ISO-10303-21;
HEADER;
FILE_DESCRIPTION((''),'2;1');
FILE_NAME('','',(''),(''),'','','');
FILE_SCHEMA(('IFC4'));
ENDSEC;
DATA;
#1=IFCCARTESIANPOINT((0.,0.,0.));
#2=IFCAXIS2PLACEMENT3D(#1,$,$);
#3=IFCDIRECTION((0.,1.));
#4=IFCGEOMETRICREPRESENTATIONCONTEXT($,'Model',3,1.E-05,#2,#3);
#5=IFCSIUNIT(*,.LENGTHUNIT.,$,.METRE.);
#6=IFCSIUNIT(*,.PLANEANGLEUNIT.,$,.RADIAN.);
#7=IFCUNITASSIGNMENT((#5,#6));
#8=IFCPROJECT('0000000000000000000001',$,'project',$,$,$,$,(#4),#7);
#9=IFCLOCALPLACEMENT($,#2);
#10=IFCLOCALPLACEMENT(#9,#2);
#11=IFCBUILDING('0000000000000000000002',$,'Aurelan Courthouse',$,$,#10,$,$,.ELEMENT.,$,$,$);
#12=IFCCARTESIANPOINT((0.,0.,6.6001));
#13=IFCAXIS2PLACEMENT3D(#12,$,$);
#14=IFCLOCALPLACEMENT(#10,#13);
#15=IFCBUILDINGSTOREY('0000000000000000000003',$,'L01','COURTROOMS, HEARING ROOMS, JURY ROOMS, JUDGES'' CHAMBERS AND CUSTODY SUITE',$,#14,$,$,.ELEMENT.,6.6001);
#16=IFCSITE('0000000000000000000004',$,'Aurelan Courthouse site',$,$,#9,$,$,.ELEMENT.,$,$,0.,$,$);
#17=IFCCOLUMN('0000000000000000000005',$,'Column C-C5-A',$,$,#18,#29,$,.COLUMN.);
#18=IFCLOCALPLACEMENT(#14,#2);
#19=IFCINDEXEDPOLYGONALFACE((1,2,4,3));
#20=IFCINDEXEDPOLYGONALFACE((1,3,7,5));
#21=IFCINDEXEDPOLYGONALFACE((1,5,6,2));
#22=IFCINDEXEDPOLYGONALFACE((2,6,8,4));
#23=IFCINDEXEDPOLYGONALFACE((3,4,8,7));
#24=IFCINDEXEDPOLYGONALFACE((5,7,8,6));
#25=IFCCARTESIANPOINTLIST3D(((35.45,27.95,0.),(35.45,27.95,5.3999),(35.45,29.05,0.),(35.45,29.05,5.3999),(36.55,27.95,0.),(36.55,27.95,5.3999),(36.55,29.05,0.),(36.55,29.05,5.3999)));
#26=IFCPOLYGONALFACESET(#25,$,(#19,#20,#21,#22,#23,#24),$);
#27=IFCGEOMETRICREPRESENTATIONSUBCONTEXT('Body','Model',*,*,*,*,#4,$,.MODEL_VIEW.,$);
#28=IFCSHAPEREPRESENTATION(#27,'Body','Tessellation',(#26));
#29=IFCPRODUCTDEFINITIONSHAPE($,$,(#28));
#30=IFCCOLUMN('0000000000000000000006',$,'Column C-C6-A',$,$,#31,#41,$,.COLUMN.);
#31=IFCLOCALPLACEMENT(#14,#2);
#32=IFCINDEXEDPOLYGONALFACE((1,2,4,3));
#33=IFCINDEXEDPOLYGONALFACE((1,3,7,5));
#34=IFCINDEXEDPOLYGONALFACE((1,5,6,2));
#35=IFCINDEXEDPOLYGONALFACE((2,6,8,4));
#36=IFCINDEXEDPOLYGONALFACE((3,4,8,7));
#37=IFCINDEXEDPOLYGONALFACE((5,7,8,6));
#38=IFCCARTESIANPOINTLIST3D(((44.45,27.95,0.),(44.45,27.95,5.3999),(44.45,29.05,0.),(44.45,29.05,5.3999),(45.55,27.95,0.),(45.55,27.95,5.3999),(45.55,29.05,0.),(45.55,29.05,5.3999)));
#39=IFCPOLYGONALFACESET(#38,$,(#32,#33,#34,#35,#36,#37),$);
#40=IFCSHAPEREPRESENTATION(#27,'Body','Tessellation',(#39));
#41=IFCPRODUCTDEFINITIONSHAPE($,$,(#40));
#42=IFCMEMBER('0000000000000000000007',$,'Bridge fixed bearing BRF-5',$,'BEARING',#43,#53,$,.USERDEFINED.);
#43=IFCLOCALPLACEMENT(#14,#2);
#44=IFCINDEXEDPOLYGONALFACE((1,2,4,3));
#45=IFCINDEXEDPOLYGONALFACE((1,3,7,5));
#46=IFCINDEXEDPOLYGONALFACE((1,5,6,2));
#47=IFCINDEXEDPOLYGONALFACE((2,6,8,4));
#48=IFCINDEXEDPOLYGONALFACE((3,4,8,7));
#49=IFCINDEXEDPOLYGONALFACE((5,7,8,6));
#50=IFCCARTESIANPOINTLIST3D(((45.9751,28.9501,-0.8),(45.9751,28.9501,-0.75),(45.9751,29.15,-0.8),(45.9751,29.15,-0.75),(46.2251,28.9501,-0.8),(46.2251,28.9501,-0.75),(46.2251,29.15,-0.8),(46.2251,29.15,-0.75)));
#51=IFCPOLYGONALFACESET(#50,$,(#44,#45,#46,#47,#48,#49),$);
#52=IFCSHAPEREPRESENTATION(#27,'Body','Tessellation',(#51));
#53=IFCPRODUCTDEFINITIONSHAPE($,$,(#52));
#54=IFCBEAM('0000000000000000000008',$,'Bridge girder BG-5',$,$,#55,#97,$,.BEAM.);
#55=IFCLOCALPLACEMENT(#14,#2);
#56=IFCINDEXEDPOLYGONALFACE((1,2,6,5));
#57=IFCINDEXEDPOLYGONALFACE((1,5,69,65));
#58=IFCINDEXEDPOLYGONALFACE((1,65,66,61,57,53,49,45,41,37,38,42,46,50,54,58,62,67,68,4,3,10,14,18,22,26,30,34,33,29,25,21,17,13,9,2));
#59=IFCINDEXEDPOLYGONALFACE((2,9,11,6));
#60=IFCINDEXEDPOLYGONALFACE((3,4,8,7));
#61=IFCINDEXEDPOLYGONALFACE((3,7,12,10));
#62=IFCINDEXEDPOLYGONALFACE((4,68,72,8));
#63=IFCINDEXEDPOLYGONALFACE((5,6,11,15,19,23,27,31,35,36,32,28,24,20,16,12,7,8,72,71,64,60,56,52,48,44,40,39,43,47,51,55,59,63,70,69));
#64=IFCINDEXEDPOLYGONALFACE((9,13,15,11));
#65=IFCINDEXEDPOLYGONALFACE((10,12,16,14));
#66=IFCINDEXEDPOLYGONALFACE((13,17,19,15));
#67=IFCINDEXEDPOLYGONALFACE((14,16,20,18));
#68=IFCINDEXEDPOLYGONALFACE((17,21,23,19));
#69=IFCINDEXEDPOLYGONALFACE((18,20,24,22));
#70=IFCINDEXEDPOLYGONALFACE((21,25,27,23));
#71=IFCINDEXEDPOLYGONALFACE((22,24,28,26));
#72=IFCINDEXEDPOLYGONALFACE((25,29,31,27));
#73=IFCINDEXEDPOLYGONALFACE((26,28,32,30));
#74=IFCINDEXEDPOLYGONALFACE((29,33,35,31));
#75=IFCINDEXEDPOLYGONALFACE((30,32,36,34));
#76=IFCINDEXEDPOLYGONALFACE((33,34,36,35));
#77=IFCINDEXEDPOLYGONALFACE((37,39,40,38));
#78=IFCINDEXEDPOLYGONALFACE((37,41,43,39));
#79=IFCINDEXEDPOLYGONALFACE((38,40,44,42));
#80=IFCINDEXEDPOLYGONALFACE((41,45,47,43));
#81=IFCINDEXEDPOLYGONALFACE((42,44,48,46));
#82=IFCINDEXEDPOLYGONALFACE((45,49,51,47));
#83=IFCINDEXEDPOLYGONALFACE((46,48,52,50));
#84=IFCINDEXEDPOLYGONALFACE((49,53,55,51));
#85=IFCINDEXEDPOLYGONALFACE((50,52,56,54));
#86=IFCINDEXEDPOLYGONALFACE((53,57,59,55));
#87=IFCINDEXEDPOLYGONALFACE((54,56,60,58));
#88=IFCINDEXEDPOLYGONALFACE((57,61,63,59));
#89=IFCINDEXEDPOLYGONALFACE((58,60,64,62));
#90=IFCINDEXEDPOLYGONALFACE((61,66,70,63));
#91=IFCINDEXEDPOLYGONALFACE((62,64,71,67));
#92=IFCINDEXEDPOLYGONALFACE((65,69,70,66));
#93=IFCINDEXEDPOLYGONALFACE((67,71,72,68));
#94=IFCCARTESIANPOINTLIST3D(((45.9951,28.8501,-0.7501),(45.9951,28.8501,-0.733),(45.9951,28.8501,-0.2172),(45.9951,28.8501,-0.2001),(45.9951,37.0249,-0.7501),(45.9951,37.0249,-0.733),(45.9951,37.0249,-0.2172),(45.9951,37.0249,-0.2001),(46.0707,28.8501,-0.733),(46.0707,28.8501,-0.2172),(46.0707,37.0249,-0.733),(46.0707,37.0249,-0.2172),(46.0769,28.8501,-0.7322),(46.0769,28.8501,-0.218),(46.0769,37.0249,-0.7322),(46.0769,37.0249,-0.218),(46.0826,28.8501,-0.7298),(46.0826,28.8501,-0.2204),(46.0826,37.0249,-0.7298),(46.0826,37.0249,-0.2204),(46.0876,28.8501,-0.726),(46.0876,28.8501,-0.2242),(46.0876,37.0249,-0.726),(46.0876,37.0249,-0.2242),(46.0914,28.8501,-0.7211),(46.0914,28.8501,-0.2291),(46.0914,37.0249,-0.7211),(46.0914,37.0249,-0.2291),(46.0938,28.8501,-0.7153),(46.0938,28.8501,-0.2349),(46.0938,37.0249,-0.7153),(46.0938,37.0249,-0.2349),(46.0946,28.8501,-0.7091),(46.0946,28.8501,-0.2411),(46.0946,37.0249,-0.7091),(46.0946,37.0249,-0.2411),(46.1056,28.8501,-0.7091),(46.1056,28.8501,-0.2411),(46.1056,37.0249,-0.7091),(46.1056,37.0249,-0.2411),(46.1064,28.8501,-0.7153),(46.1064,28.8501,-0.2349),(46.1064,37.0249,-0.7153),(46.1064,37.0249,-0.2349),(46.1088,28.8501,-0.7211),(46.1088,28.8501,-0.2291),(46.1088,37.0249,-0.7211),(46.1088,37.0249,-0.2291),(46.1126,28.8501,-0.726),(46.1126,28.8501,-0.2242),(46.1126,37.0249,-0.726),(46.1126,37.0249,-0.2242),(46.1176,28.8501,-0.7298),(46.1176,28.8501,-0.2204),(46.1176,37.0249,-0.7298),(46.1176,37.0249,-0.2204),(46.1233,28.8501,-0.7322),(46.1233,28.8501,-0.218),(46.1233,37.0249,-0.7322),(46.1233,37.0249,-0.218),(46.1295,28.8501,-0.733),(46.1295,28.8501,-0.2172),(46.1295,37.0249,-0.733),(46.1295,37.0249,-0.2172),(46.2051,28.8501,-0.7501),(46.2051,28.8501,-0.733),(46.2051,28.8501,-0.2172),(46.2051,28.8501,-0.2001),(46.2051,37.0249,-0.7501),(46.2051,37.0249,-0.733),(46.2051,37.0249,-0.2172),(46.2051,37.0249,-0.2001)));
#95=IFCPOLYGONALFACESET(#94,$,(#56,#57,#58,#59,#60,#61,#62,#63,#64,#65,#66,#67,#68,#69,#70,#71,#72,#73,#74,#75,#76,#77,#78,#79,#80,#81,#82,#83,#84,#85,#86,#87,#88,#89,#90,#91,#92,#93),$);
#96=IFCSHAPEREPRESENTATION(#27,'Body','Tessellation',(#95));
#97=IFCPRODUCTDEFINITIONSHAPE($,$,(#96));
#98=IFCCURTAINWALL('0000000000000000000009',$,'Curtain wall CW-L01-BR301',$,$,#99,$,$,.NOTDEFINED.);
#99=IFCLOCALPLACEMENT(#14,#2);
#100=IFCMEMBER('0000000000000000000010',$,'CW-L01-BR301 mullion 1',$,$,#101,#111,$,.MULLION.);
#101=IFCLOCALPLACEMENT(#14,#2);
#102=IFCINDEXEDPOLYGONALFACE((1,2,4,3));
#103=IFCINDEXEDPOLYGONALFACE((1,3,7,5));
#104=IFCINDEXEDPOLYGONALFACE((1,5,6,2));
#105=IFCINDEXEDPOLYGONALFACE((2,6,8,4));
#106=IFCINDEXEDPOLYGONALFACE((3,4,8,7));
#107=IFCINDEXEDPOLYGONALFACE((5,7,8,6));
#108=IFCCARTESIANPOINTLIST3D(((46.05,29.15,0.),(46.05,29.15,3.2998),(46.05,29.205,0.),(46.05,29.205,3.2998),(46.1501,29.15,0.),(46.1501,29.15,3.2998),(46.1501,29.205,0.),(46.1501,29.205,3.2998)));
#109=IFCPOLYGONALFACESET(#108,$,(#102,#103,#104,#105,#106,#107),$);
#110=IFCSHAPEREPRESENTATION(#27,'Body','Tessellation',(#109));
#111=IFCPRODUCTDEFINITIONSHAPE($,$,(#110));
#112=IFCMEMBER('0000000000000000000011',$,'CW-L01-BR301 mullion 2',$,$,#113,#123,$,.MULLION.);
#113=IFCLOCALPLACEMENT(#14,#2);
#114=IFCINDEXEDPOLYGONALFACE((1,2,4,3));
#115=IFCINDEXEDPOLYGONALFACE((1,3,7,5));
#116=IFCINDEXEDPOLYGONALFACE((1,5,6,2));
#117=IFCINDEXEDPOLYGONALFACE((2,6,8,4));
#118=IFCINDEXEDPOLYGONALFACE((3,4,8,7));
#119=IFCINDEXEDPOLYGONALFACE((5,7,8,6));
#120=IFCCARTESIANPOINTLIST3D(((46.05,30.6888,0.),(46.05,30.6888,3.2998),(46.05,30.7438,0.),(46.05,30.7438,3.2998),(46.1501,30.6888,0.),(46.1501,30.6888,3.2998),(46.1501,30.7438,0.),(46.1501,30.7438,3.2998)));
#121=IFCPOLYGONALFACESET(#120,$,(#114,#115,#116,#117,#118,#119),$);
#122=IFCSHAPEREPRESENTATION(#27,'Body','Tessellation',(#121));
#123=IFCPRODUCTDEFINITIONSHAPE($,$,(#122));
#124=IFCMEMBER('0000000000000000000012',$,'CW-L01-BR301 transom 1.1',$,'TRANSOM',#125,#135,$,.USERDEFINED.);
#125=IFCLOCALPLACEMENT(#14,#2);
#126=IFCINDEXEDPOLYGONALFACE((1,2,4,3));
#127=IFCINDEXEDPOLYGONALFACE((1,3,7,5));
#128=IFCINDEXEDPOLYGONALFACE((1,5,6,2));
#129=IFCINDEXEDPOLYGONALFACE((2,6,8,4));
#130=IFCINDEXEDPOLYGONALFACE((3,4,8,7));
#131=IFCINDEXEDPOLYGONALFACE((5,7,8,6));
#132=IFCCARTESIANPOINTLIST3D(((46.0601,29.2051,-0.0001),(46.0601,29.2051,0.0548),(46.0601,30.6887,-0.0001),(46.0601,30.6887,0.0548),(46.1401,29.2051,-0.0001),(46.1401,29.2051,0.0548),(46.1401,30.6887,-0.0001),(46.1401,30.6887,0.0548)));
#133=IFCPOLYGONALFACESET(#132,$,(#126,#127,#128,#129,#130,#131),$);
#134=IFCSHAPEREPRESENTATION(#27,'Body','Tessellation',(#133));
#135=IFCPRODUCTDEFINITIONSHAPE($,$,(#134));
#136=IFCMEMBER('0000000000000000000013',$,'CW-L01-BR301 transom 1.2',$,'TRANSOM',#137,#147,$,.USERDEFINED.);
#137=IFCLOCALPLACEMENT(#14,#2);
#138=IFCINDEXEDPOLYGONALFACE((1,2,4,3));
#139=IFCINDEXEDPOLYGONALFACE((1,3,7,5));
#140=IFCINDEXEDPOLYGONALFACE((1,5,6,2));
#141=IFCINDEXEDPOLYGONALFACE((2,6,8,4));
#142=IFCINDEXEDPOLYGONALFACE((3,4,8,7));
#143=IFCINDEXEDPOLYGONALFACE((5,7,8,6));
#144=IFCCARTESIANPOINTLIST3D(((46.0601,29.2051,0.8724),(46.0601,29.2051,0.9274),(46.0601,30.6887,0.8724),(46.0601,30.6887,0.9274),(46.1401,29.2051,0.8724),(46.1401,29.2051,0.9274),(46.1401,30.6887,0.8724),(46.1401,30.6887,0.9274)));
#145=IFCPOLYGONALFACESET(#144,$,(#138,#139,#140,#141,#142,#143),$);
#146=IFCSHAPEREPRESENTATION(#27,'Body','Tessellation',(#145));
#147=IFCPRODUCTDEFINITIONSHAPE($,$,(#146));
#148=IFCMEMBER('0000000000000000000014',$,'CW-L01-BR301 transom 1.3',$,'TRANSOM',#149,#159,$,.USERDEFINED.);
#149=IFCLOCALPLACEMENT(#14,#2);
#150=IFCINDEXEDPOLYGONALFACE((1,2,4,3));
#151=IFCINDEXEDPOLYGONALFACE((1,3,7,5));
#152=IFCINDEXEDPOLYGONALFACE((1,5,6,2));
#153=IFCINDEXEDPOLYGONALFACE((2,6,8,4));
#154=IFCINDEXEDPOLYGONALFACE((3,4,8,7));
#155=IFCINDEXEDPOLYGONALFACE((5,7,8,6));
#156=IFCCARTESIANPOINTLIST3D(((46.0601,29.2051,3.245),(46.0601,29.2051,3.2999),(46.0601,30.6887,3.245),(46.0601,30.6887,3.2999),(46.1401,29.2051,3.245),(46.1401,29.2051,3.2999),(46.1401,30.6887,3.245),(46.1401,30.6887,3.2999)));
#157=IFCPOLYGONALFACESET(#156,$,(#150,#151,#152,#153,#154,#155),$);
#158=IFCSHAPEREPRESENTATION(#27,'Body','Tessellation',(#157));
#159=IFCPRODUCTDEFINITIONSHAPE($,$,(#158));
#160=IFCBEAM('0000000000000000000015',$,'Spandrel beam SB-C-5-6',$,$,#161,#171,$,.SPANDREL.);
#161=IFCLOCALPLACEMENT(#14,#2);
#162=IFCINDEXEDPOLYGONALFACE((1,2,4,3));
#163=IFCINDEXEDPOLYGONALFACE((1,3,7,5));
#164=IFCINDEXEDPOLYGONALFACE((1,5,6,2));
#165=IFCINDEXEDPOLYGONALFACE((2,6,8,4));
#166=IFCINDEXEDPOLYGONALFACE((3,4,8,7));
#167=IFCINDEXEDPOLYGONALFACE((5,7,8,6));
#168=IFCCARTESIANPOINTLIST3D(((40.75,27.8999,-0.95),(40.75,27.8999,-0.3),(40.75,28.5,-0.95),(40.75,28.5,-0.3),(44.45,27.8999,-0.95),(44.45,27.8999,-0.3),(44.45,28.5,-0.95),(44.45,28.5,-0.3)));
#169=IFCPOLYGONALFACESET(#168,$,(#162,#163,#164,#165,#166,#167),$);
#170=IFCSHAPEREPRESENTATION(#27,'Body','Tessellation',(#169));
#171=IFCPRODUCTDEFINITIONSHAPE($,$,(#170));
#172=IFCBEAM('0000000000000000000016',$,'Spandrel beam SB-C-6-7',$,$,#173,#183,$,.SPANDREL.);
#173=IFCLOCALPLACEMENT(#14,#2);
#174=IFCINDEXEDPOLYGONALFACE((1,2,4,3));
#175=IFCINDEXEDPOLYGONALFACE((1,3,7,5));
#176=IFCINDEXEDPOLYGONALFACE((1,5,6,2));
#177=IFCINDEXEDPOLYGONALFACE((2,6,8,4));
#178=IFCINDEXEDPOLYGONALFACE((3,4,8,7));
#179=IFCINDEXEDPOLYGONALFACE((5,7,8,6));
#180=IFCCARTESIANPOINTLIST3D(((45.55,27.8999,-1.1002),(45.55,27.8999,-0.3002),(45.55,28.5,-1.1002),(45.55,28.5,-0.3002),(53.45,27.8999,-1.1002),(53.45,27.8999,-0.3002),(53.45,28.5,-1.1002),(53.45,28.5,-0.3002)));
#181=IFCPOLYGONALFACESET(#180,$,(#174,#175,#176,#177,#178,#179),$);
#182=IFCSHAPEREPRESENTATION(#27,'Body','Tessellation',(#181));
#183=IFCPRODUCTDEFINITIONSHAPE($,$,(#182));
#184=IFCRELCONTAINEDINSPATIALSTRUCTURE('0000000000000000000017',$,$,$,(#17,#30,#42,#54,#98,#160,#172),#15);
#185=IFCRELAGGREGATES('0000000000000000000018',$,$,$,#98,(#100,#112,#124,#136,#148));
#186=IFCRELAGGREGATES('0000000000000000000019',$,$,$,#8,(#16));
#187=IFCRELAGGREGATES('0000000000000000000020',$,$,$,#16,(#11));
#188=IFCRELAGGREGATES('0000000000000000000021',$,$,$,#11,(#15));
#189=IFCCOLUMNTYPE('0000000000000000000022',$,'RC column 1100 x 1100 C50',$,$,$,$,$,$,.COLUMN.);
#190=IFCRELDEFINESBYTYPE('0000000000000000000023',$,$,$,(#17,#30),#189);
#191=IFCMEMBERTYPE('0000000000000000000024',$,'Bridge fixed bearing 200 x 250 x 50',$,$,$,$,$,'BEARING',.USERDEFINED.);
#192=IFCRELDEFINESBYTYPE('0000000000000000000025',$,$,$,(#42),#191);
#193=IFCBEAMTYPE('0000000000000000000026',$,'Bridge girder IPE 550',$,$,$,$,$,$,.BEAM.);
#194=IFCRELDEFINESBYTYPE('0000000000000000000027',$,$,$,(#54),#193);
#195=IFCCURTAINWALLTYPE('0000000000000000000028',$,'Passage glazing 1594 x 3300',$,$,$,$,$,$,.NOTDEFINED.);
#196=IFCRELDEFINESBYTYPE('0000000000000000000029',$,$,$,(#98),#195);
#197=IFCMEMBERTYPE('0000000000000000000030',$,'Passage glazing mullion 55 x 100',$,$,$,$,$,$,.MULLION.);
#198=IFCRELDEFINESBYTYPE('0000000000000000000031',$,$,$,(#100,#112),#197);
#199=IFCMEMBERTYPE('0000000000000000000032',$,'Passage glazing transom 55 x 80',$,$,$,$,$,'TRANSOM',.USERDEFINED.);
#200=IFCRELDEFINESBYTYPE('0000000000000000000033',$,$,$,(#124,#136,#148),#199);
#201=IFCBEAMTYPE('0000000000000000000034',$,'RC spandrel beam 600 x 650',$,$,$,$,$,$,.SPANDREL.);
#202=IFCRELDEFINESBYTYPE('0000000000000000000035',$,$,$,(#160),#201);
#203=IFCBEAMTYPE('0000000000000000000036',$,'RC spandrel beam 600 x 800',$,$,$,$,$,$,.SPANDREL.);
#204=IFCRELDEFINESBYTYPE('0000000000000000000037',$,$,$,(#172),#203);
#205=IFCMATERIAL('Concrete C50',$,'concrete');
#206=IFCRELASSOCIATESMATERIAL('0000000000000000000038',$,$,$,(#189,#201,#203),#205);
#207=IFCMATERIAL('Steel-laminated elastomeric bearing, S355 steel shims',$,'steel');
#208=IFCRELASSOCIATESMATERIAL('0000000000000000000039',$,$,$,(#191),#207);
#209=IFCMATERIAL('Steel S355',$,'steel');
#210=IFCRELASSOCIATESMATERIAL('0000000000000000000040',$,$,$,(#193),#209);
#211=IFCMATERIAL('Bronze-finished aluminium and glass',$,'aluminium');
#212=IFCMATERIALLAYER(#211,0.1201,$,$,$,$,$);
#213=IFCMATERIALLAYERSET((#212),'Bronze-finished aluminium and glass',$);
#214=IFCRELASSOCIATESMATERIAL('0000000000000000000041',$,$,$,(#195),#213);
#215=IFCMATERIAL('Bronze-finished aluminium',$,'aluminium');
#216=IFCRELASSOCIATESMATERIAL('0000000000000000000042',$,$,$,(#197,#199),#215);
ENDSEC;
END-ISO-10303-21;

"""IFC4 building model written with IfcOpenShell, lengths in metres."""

from ifc_helpers import new_model, si_unit, direction, frame, origin, origin_2d, place, context, subcontext, project, spatial, rectangle, i_section, extrude, material, layer, layer_set, material_profile, profile_set, type_object, element, aggregate, save


model = new_model("IFC4")

# Units and contexts
model_context = context("Model", 3, precision=1e-05, world=origin(), true_north=direction((0.0, 1.0)))
body_context = subcontext(model_context, "Body", "Model", "MODEL_VIEW")
ifc_project = project(units=[si_unit("LENGTHUNIT", "METRE"), si_unit("PLANEANGLEUNIT", "RADIAN")], contexts=[model_context])

# Site, building, storey
site_placement = place(None, origin())
site = spatial("IfcSite", under=ifc_project, at=site_placement, Name="Aurelan Courthouse site", CompositionType="ELEMENT", RefElevation=0.0)
building_placement = place(site_placement, origin())
building = spatial("IfcBuilding", under=site, at=building_placement, Name="Aurelan Courthouse", CompositionType="ELEMENT")
storey_placement = place(building_placement, frame((0.0, 0.0, 6.6001)))
storey = spatial("IfcBuildingStorey", under=building, at=storey_placement, Name="L01", Description="COURTROOMS, HEARING ROOMS, JURY ROOMS, JUDGES' CHAMBERS AND CUSTODY SUITE", CompositionType="ELEMENT", Elevation=6.6001)

# Columns
ifc_material_1 = material(Name="Concrete C50", Category="concrete")
ifc_material_profile_1 = material_profile(ifc_material_1, rectangle(XDim=1.1001, YDim=1.1001, at=origin_2d()), Name="RC 1100 x 1100")
ifc_profile_set_1 = profile_set([ifc_material_profile_1], Name="Concrete C50")
column_type = type_object("IfcColumnType", Name="RC column 1100 x 1100 C50", PredefinedType="COLUMN", material=ifc_profile_set_1)
for number, where, z_axis, x_axis, name in (
    (1, (36.0, 28.5, 0.0), (0.0, 0.0, 1.0), (1.0, 0.0, 0.0), "Column C-C5-A"),
    (2, (45.0, 28.5, 0.0), (0.0, 0.0, 1.0), (1.0, 0.0, 0.0), "Column C-C6-A"),
):
    element("IfcColumn", number, at=place(storey_placement, frame(where, z_axis=z_axis, x_axis=x_axis)), inside=storey, type_object=column_type, Name=name, PredefinedType="COLUMN", context=body_context, shape_type="SweptSolid", body=[
        extrude(rectangle(XDim=1.1001, YDim=1.1001, at=origin_2d()), origin(), (0.0, 0.0, 1.0), 5.3999),
    ])

# Member
ifc_material_2 = material(Name="Steel-laminated elastomeric bearing, S355 steel shims", Category="steel")
ifc_material_profile_2 = material_profile(ifc_material_2, rectangle(XDim=0.2, YDim=0.25, at=origin_2d()), Name="PL 200 x 250")
ifc_profile_set_2 = profile_set([ifc_material_profile_2], Name="Steel-laminated elastomeric bearing, S355 steel shims")
member_type_1 = type_object("IfcMemberType", Name="Bridge fixed bearing 200 x 250 x 50", ElementType="BEARING", PredefinedType="USERDEFINED", material=ifc_profile_set_2)
member_1_placement = place(storey_placement, frame((46.1001, 29.05, -0.8), z_axis=(0.0, 0.0, 1.0), x_axis=(0.0, 1.0, 0.0)))
element("IfcMember", 3, at=member_1_placement, inside=storey, type_object=member_type_1, Name="Bridge fixed bearing BRF-5", ObjectType="BEARING", PredefinedType="USERDEFINED", context=body_context, shape_type="SweptSolid", body=[
    extrude(rectangle(XDim=0.2, YDim=0.25, at=origin_2d()), origin(), (0.0, 0.0, 1.0), 0.05),
])

# Beam
ifc_material_3 = material(Name="Steel S355", Category="steel")
ifc_material_profile_3 = material_profile(ifc_material_3, i_section(OverallWidth=0.21, OverallDepth=0.55, WebThickness=0.011, FlangeThickness=0.0171, FilletRadius=0.0239, at=origin_2d()), Name="IPE 550")
ifc_profile_set_3 = profile_set([ifc_material_profile_3], Name="Steel S355")
beam_type_1 = type_object("IfcBeamType", Name="Bridge girder IPE 550", PredefinedType="BEAM", material=ifc_profile_set_3)
beam_1_placement = place(storey_placement, frame((46.1001, 28.8501, -0.4751), z_axis=(0.0, 1.0, 0.0), x_axis=(-1.0, 0.0, 0.0)))
element("IfcBeam", 4, at=beam_1_placement, inside=storey, type_object=beam_type_1, Name="Bridge girder BG-5", PredefinedType="BEAM", context=body_context, shape_type="SweptSolid", body=[
    extrude(i_section(OverallWidth=0.21, OverallDepth=0.55, WebThickness=0.011, FlangeThickness=0.0171, FilletRadius=0.0239, at=origin_2d()), origin(), (0.0, 0.0, 1.0), 8.1748),
])

# Curtain wall, members
ifc_material_4 = material(Name="Bronze-finished aluminium and glass", Category="aluminium")
ifc_layer_1 = layer(ifc_material_4, 0.1201)
ifc_layer_set_1 = layer_set([ifc_layer_1], Name="Bronze-finished aluminium and glass")
curtain_wall_type = type_object("IfcCurtainWallType", Name="Passage glazing 1594 x 3300", PredefinedType="NOTDEFINED", material=ifc_layer_set_1)
curtain_wall_placement = place(storey_placement, origin())
curtain_wall = element("IfcCurtainWall", 5, at=curtain_wall_placement, inside=storey, type_object=curtain_wall_type, Name="Curtain wall CW-L01-BR301", PredefinedType="NOTDEFINED")
ifc_material_5 = material(Name="Bronze-finished aluminium", Category="aluminium")
ifc_material_profile_4 = material_profile(ifc_material_5, rectangle(XDim=0.1001, YDim=0.0549, at=origin_2d()), Name="Passage glazing mullion 55 x 100")
ifc_profile_set_4 = profile_set([ifc_material_profile_4], Name="Bronze-finished aluminium")
member_type_2 = type_object("IfcMemberType", Name="Passage glazing mullion 55 x 100", PredefinedType="MULLION", material=ifc_profile_set_4)
member_2_placement = place(storey_placement, frame((46.1001, 29.1775, 0.0), z_axis=(0.0, 0.0, 1.0), x_axis=(-1.0, 0.0, 0.0)))
member_2 = element("IfcMember", 6, at=member_2_placement, type_object=member_type_2, Name="CW-L01-BR301 mullion 1", PredefinedType="MULLION", context=body_context, shape_type="SweptSolid", body=[
    extrude(rectangle(XDim=0.1001, YDim=0.0549, at=origin_2d()), origin(), (0.0, 0.0, 1.0), 3.2998),
])
member_3_placement = place(storey_placement, frame((46.1001, 30.7163, 0.0), z_axis=(0.0, 0.0, 1.0), x_axis=(-1.0, 0.0, 0.0)))
member_3 = element("IfcMember", 7, at=member_3_placement, type_object=member_type_2, Name="CW-L01-BR301 mullion 2", PredefinedType="MULLION", context=body_context, shape_type="SweptSolid", body=[
    extrude(rectangle(XDim=0.1001, YDim=0.0549, at=origin_2d()), origin(), (0.0, 0.0, 1.0), 3.2998),
])
ifc_material_profile_5 = material_profile(ifc_material_5, rectangle(XDim=0.0801, YDim=0.0549, at=origin_2d()), Name="Passage glazing transom 55 x 80")
ifc_profile_set_5 = profile_set([ifc_material_profile_5], Name="Bronze-finished aluminium")
member_type_3 = type_object("IfcMemberType", Name="Passage glazing transom 55 x 80", ElementType="TRANSOM", PredefinedType="USERDEFINED", material=ifc_profile_set_5)
member_4_placement = place(storey_placement, frame((46.1001, 29.2051, 0.0273), z_axis=(0.0, 1.0, 0.0), x_axis=(-1.0, 0.0, 0.0)))
member_4 = element("IfcMember", 8, at=member_4_placement, type_object=member_type_3, Name="CW-L01-BR301 transom 1.1", ObjectType="TRANSOM", PredefinedType="USERDEFINED", context=body_context, shape_type="SweptSolid", body=[
    extrude(rectangle(XDim=0.0801, YDim=0.0549, at=origin_2d()), origin(), (0.0, 0.0, 1.0), 1.4836),
])
member_5_placement = place(storey_placement, frame((46.1001, 29.2051, 0.8999), z_axis=(0.0, 1.0, 0.0), x_axis=(-1.0, 0.0, 0.0)))
member_5 = element("IfcMember", 9, at=member_5_placement, type_object=member_type_3, Name="CW-L01-BR301 transom 1.2", ObjectType="TRANSOM", PredefinedType="USERDEFINED", context=body_context, shape_type="SweptSolid", body=[
    extrude(rectangle(XDim=0.0801, YDim=0.0549, at=origin_2d()), origin(), (0.0, 0.0, 1.0), 1.4836),
])
member_6_placement = place(storey_placement, frame((46.1001, 29.2051, 3.2725), z_axis=(0.0, 1.0, 0.0), x_axis=(-1.0, 0.0, 0.0)))
member_6 = element("IfcMember", 10, at=member_6_placement, type_object=member_type_3, Name="CW-L01-BR301 transom 1.3", ObjectType="TRANSOM", PredefinedType="USERDEFINED", context=body_context, shape_type="SweptSolid", body=[
    extrude(rectangle(XDim=0.0801, YDim=0.0549, at=origin_2d()), origin(), (0.0, 0.0, 1.0), 1.4836),
])

# Beams
ifc_material_profile_6 = material_profile(ifc_material_1, rectangle(XDim=0.6001, YDim=0.6499, at=origin_2d()), Name="RC 600 x 650")
ifc_profile_set_6 = profile_set([ifc_material_profile_6], Name="Concrete C50")
beam_type_2 = type_object("IfcBeamType", Name="RC spandrel beam 600 x 650", PredefinedType="SPANDREL", material=ifc_profile_set_6)
beam_2_placement = place(storey_placement, frame((40.75, 28.2, -0.625), z_axis=(1.0, 0.0, 0.0), x_axis=(0.0, 1.0, 0.0)))
element("IfcBeam", 11, at=beam_2_placement, inside=storey, type_object=beam_type_2, Name="Spandrel beam SB-C-5-6", PredefinedType="SPANDREL", context=body_context, shape_type="SweptSolid", body=[
    extrude(rectangle(XDim=0.6001, YDim=0.6499, at=origin_2d()), origin(), (0.0, 0.0, 1.0), 3.7),
])
ifc_material_profile_7 = material_profile(ifc_material_1, rectangle(XDim=0.6001, YDim=0.8, at=origin_2d()), Name="RC 600 x 800")
ifc_profile_set_7 = profile_set([ifc_material_profile_7], Name="Concrete C50")
beam_type_3 = type_object("IfcBeamType", Name="RC spandrel beam 600 x 800", PredefinedType="SPANDREL", material=ifc_profile_set_7)
beam_3_placement = place(storey_placement, frame((45.55, 28.2, -0.7002), z_axis=(1.0, 0.0, 0.0), x_axis=(0.0, 1.0, 0.0)))
element("IfcBeam", 12, at=beam_3_placement, inside=storey, type_object=beam_type_3, Name="Spandrel beam SB-C-6-7", PredefinedType="SPANDREL", context=body_context, shape_type="SweptSolid", body=[
    extrude(rectangle(XDim=0.6001, YDim=0.8, at=origin_2d()), origin(), (0.0, 0.0, 1.0), 7.8999),
])

aggregate(curtain_wall, [member_2, member_3, member_4, member_5, member_6])

save(model, "model.ifc")
